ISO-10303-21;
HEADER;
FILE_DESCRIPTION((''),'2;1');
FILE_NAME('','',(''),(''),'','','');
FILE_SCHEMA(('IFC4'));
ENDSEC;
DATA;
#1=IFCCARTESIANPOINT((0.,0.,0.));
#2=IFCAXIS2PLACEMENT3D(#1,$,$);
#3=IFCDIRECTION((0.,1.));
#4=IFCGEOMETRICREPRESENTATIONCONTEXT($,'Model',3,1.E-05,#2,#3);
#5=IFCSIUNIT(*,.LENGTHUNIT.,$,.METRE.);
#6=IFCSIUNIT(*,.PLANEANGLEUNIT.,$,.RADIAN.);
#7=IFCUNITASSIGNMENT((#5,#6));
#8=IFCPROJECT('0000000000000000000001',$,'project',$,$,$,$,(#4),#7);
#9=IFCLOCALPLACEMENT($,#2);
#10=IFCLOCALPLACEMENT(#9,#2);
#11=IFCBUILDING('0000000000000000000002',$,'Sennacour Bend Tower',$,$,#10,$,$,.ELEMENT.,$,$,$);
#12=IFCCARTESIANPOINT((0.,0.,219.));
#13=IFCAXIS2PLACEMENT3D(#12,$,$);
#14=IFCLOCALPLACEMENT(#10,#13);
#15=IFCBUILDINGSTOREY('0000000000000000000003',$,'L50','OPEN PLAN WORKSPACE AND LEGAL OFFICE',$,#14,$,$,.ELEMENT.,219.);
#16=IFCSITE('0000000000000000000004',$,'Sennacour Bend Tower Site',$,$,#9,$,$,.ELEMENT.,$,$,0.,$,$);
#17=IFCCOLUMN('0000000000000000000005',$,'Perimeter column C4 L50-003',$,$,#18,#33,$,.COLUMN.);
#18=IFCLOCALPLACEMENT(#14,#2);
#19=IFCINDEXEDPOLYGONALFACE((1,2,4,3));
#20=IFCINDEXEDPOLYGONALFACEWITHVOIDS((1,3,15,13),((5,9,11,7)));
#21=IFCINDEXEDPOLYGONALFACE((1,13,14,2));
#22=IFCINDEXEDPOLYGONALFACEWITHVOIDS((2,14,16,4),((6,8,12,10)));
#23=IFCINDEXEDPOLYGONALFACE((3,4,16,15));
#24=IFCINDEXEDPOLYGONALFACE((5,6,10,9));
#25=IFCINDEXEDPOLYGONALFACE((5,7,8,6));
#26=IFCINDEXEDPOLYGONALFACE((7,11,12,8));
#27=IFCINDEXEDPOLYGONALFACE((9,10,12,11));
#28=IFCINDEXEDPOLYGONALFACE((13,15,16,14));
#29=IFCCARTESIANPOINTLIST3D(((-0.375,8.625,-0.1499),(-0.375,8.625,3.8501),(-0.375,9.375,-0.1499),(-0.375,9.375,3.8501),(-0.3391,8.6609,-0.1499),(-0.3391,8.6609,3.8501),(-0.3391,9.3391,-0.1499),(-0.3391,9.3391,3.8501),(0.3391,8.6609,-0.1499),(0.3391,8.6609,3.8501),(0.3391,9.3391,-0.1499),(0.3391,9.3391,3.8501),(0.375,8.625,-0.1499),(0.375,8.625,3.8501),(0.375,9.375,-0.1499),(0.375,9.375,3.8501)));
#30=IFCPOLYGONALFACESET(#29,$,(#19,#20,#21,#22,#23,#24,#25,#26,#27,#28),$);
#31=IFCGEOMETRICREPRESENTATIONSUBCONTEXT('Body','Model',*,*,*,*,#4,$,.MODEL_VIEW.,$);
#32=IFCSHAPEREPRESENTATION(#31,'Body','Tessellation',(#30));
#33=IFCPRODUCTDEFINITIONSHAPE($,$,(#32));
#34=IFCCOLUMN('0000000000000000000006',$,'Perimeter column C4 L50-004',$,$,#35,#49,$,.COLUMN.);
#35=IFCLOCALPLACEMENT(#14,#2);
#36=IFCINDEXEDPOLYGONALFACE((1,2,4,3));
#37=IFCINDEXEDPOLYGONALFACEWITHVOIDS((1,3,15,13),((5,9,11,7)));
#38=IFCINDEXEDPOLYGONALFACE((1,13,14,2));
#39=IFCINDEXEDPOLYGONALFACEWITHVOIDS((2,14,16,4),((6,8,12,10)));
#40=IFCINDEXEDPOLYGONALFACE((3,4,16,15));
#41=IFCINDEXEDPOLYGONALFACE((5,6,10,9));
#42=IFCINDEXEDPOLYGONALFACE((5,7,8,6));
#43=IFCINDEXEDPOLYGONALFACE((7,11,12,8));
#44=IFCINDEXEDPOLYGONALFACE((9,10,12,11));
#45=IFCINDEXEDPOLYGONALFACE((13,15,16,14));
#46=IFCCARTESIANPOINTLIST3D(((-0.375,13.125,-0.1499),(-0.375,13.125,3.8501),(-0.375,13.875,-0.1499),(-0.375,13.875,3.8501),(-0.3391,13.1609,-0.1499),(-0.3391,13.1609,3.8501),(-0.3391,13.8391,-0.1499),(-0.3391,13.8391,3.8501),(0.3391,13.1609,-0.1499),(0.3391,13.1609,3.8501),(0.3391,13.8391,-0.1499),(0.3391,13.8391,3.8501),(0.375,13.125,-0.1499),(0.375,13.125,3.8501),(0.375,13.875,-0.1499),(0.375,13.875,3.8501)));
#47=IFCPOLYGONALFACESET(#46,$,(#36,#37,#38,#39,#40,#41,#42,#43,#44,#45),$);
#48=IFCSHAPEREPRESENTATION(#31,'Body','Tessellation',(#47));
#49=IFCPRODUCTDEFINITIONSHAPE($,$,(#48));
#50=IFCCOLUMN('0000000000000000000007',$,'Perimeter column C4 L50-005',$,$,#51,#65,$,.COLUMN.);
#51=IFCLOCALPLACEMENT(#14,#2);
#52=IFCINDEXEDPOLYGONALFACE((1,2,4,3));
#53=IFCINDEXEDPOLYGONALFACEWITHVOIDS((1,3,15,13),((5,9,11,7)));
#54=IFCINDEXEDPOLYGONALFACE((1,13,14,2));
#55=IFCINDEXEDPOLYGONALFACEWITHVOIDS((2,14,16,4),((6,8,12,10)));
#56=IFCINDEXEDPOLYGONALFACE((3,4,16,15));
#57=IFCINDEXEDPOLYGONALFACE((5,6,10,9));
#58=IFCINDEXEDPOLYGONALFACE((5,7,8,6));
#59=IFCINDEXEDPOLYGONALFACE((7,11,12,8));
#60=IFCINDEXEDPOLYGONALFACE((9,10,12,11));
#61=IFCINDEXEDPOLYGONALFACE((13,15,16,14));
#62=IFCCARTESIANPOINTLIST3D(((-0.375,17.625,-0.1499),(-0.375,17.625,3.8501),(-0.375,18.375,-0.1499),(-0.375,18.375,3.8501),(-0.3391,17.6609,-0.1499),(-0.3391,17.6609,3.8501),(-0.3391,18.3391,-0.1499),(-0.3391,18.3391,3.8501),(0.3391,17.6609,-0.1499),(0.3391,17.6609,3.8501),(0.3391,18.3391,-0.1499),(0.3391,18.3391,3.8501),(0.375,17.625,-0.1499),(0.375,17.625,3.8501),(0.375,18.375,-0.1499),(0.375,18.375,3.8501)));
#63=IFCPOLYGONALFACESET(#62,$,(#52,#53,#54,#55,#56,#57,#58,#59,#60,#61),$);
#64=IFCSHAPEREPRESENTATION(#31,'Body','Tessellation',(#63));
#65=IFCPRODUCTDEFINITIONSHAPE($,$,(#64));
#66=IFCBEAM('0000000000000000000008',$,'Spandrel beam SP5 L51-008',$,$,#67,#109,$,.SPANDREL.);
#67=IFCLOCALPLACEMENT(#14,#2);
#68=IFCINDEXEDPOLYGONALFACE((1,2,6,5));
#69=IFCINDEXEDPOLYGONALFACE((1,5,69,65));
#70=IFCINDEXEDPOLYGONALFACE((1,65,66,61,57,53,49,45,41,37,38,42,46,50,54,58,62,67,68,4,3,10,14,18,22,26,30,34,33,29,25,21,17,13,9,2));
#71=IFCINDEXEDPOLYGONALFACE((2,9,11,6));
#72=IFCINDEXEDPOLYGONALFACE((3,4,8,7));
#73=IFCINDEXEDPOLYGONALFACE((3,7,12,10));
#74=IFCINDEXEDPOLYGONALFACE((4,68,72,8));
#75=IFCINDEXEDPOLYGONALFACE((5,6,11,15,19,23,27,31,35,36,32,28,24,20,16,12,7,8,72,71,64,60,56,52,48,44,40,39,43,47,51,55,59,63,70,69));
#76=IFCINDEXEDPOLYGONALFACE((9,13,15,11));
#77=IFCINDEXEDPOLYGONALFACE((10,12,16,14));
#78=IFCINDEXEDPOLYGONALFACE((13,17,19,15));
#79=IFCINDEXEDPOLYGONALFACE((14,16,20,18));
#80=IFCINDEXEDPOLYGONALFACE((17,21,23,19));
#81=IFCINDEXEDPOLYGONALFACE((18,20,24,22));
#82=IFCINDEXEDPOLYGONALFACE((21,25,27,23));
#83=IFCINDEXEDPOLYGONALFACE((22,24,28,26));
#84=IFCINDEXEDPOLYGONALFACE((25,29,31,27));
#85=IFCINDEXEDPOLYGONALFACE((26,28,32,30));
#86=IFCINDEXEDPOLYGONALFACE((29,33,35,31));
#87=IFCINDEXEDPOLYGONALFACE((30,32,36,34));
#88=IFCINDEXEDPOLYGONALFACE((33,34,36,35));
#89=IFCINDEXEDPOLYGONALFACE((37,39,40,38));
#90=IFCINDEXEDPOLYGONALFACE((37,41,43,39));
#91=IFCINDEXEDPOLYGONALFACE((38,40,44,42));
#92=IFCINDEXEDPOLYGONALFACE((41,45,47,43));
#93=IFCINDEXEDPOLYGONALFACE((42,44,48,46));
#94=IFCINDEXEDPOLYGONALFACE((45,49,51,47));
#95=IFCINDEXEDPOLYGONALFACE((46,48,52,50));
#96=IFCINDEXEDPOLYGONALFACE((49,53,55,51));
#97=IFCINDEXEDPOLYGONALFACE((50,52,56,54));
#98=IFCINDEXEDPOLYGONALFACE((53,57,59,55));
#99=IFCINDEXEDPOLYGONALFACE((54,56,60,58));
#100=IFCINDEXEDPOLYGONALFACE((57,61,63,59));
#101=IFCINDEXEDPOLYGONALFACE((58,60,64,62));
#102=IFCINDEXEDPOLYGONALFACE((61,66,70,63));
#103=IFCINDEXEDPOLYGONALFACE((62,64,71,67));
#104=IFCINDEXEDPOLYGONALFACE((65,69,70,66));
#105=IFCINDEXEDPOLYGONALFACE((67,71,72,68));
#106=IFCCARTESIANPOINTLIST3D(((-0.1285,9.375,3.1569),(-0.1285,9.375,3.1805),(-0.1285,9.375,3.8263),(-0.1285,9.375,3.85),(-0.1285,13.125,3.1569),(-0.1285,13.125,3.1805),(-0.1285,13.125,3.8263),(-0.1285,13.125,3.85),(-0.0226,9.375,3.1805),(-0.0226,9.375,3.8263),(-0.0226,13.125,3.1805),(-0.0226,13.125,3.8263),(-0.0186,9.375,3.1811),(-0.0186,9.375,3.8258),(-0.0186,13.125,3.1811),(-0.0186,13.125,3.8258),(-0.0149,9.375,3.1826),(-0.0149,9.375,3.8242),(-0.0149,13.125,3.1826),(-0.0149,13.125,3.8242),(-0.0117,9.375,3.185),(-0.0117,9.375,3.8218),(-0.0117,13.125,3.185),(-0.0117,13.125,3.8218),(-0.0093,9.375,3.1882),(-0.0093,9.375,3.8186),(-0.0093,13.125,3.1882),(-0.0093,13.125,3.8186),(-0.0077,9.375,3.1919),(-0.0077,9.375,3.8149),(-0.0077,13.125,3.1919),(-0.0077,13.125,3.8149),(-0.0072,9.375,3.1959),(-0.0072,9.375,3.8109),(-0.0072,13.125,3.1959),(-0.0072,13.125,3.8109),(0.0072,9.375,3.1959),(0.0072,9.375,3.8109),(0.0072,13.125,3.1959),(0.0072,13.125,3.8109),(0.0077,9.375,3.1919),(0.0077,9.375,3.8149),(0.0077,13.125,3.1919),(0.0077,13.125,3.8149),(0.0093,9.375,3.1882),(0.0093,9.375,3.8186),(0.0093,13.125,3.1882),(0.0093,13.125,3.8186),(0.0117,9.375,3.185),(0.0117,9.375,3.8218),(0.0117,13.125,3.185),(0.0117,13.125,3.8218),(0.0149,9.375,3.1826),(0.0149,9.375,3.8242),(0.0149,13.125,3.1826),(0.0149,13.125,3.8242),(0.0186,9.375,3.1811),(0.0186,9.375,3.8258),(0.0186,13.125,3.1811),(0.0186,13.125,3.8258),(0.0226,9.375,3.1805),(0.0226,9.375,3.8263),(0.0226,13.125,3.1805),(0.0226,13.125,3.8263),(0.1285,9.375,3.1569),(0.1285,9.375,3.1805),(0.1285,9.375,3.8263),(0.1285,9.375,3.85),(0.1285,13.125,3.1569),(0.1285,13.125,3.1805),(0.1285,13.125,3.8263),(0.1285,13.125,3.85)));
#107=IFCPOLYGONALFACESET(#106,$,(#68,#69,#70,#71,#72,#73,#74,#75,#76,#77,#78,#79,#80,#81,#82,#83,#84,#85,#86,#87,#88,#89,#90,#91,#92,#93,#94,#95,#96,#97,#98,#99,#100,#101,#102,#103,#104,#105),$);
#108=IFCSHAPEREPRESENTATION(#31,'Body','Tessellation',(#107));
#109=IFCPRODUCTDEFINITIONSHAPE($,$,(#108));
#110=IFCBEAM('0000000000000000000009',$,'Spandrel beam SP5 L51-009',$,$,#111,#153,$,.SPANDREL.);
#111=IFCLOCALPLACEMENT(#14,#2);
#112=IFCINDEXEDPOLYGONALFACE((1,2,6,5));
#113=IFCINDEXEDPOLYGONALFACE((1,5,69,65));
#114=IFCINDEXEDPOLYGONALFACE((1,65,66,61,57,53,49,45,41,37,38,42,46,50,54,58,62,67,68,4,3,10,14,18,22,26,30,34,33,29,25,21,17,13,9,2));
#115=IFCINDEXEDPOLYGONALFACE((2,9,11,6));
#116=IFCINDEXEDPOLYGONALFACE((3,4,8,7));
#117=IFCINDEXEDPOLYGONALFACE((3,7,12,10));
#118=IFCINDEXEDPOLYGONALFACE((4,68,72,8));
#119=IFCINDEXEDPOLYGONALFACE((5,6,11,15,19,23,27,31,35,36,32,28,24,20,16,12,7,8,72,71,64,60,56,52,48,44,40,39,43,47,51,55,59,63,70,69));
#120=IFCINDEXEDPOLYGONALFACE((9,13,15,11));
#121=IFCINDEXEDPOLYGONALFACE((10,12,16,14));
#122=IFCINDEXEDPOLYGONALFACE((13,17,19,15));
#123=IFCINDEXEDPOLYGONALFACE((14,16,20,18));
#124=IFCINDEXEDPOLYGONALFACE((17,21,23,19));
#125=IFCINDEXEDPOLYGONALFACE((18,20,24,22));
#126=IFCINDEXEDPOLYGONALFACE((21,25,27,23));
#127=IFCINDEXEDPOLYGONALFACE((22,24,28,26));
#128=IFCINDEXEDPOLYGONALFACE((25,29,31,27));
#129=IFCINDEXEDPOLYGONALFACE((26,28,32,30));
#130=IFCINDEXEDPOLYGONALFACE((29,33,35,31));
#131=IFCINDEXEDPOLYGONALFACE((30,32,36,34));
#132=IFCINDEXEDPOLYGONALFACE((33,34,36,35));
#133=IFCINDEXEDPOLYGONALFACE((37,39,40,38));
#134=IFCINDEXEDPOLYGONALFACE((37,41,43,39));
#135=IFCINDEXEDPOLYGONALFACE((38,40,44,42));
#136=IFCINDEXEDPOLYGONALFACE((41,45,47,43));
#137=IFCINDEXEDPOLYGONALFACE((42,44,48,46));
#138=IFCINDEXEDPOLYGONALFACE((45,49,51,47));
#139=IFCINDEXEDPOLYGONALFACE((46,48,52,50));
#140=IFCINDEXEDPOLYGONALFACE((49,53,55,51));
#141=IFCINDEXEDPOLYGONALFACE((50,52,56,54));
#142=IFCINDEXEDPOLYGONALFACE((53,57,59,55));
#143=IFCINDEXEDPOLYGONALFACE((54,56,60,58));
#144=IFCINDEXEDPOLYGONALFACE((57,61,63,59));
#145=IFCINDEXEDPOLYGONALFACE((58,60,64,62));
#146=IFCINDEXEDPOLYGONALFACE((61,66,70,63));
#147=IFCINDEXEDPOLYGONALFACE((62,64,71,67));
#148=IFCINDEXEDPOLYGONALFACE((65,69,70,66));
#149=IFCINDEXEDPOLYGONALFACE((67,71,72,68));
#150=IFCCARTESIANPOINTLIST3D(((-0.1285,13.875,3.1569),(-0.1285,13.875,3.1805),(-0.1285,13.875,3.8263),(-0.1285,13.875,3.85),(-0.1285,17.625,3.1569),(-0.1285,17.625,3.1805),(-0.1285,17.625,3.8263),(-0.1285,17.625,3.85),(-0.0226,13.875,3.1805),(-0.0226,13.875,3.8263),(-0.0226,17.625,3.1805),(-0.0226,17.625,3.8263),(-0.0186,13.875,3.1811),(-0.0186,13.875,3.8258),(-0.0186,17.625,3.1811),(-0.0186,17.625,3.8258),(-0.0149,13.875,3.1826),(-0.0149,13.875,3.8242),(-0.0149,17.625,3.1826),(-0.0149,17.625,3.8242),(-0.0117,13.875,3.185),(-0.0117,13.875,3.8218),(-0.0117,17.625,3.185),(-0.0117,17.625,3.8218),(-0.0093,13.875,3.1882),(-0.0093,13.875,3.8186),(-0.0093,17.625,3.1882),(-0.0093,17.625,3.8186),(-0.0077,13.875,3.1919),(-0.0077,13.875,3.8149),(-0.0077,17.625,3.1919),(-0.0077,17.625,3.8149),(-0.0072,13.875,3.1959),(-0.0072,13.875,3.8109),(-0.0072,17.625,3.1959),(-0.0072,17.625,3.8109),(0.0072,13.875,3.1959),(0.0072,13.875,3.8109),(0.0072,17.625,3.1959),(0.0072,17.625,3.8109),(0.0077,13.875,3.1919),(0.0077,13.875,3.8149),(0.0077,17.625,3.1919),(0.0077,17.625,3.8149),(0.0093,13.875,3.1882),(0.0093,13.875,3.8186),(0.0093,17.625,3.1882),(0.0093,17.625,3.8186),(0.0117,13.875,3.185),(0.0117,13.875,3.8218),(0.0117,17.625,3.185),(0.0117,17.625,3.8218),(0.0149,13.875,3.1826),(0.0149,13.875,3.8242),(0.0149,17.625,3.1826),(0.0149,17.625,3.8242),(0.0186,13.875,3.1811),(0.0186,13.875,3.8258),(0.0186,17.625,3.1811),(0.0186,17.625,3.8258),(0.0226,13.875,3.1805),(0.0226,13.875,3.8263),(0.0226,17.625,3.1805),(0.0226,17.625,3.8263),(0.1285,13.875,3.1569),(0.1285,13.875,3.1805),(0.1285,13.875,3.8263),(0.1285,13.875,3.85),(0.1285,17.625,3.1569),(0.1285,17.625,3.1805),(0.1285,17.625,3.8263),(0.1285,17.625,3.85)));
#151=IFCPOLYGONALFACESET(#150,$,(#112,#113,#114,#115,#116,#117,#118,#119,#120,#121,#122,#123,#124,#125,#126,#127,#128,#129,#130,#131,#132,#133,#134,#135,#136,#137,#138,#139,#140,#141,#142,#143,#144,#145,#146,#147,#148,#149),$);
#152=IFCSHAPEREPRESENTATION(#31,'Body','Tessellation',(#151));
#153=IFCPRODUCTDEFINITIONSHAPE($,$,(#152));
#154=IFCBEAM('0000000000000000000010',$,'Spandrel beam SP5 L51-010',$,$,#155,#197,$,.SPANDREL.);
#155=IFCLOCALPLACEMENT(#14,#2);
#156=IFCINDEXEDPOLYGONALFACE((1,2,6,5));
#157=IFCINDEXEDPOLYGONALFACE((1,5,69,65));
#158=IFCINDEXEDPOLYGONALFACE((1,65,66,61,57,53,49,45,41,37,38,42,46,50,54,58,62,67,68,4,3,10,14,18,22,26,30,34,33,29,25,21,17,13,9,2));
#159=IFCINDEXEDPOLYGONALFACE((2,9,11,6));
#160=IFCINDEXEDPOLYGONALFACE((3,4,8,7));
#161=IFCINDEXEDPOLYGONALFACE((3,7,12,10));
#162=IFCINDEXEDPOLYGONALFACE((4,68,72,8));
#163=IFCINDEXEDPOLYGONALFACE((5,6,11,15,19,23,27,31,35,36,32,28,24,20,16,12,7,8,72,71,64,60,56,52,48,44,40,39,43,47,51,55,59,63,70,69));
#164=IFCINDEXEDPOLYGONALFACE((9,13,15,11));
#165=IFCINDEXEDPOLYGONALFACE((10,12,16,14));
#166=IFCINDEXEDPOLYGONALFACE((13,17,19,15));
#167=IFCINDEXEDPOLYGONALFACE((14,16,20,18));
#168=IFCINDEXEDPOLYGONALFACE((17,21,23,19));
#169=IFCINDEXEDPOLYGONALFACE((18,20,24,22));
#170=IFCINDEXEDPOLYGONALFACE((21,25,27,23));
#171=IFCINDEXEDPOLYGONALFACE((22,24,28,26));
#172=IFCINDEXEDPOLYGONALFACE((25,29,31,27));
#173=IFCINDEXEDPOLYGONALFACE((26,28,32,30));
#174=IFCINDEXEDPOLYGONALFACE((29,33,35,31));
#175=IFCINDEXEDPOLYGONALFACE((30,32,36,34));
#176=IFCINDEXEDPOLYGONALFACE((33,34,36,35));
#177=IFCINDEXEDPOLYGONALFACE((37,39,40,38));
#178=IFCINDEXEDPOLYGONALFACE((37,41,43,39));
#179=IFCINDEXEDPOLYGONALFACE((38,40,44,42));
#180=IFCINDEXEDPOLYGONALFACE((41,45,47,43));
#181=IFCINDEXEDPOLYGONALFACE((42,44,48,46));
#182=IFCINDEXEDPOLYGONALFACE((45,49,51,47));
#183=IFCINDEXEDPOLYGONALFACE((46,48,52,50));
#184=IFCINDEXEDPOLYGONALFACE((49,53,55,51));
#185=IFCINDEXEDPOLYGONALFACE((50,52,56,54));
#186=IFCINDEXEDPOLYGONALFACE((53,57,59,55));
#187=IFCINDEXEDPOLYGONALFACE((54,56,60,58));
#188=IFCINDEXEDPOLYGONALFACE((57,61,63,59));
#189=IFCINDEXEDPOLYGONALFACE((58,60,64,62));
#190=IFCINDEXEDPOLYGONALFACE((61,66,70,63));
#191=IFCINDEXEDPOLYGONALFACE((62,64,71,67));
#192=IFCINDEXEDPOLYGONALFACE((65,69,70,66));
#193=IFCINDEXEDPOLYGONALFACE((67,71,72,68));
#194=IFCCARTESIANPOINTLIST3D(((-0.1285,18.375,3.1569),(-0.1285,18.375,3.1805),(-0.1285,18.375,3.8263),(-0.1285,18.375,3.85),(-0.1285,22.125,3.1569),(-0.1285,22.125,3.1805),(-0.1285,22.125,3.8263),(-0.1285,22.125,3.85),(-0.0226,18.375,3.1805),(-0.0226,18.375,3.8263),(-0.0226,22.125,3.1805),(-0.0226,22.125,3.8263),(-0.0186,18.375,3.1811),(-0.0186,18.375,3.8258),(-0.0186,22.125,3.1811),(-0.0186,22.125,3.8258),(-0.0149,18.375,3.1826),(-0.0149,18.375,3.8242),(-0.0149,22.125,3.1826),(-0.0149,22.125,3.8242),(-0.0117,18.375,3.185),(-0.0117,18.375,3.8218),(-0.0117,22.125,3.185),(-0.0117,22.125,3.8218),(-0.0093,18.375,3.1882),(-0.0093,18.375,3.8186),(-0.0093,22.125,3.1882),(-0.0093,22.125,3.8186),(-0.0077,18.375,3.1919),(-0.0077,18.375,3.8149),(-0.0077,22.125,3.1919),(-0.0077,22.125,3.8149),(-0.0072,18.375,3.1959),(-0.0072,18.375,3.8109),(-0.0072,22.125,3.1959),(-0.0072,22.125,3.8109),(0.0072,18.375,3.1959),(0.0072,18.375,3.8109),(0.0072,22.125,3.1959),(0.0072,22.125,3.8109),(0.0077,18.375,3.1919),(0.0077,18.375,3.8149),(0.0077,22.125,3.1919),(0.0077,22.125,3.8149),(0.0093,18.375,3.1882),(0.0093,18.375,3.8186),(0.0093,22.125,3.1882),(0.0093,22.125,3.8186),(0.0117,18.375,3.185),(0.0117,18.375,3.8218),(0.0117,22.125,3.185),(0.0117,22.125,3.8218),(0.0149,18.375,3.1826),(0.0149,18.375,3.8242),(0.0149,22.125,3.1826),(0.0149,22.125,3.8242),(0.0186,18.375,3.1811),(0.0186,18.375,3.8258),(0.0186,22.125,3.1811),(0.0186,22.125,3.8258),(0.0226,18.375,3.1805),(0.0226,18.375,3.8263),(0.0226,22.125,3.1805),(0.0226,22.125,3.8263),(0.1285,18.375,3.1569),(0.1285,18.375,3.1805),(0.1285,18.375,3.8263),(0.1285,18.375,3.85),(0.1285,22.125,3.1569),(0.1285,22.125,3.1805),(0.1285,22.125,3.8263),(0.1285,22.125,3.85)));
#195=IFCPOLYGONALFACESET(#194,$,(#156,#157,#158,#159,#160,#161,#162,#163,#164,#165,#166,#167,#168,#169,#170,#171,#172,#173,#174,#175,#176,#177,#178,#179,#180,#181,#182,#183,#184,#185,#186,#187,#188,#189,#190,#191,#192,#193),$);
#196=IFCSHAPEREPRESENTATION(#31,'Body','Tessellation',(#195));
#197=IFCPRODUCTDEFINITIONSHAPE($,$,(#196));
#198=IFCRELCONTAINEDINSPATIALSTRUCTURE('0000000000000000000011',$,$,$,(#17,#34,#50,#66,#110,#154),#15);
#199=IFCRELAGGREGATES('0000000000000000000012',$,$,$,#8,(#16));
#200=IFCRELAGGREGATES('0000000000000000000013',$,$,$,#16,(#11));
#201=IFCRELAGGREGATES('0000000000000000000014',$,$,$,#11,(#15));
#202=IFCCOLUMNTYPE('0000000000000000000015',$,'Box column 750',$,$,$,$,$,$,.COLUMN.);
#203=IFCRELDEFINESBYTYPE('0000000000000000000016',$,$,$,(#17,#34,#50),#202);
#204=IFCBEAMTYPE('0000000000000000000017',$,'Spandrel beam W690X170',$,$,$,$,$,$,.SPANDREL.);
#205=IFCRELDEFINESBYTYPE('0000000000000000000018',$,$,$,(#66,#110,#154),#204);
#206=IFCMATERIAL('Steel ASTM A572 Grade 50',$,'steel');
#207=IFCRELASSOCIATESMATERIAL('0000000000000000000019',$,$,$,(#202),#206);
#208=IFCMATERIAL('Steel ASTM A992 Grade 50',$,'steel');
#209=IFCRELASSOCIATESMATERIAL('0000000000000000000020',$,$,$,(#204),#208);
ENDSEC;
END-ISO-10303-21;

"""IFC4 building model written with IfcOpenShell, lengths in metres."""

from ifc_helpers import new_model, si_unit, direction, frame, origin, origin_2d, place, context, subcontext, project, spatial, hollow_rectangle, i_section, extrude, material, material_profile, profile_set, type_object, element, save


model = new_model("IFC4")

# Units and contexts
model_context = context("Model", 3, precision=1e-05, world=origin(), true_north=direction((0.0, 1.0)))
body_context = subcontext(model_context, "Body", "Model", "MODEL_VIEW")
ifc_project = project(units=[si_unit("LENGTHUNIT", "METRE"), si_unit("PLANEANGLEUNIT", "RADIAN")], contexts=[model_context])

# Site, building, storey
site_placement = place(None, origin())
site = spatial("IfcSite", under=ifc_project, at=site_placement, Name="Sennacour Bend Tower Site", CompositionType="ELEMENT", RefElevation=0.0)
building_placement = place(site_placement, origin())
building = spatial("IfcBuilding", under=site, at=building_placement, Name="Sennacour Bend Tower", CompositionType="ELEMENT")
storey_placement = place(building_placement, frame((0.0, 0.0, 219.0)))
storey = spatial("IfcBuildingStorey", under=building, at=storey_placement, Name="L50", Description="OPEN PLAN WORKSPACE AND LEGAL OFFICE", CompositionType="ELEMENT", Elevation=219.0)

# Columns
ifc_material_1 = material(Name="Steel ASTM A572 Grade 50", Category="steel")
ifc_material_profile_1 = material_profile(ifc_material_1, hollow_rectangle(XDim=0.75, YDim=0.75, WallThickness=0.0359, at=origin_2d()), Name="Steel ASTM A572 Grade 50", Category="steel")
ifc_profile_set_1 = profile_set([ifc_material_profile_1], Name="Steel ASTM A572 Grade 50")
column_type = type_object("IfcColumnType", Name="Box column 750", PredefinedType="COLUMN", material=ifc_profile_set_1)
for number, where, z_axis, x_axis, name in (
    (1, (0.0, 9.0, -0.1499), (0.0, 0.0, 1.0), (1.0, 0.0, 0.0), "Perimeter column C4 L50-003"),
    (2, (0.0, 13.5, -0.1499), (0.0, 0.0, 1.0), (1.0, 0.0, 0.0), "Perimeter column C4 L50-004"),
    (3, (0.0, 18.0, -0.1499), (0.0, 0.0, 1.0), (1.0, 0.0, 0.0), "Perimeter column C4 L50-005"),
):
    element("IfcColumn", number, at=place(storey_placement, frame(where, z_axis=z_axis, x_axis=x_axis)), inside=storey, type_object=column_type, Name=name, PredefinedType="COLUMN", context=body_context, shape_type="SweptSolid", body=[
        extrude(hollow_rectangle(XDim=0.75, YDim=0.75, WallThickness=0.0359, at=origin_2d()), origin(), (0.0, 0.0, 1.0), 4.0),
    ])

# Beams
ifc_material_2 = material(Name="Steel ASTM A992 Grade 50", Category="steel")
ifc_material_profile_2 = material_profile(ifc_material_2, i_section(OverallWidth=0.2571, OverallDepth=0.6931, WebThickness=0.0144, FlangeThickness=0.0237, FilletRadius=0.0154, at=origin_2d()), Name="Steel ASTM A992 Grade 50", Category="steel")
ifc_profile_set_2 = profile_set([ifc_material_profile_2], Name="Steel ASTM A992 Grade 50")
beam_type = type_object("IfcBeamType", Name="Spandrel beam W690X170", PredefinedType="SPANDREL", material=ifc_profile_set_2)
for number, where, z_axis, x_axis, name in (
    (4, (0.0, 9.375, 3.5034), (0.0, 1.0, 0.0), (-1.0, 0.0, 0.0), "Spandrel beam SP5 L51-008"),
    (5, (0.0, 13.875, 3.5034), (0.0, 1.0, 0.0), (-1.0, 0.0, 0.0), "Spandrel beam SP5 L51-009"),
    (6, (0.0, 18.375, 3.5034), (0.0, 1.0, 0.0), (-1.0, 0.0, 0.0), "Spandrel beam SP5 L51-010"),
):
    element("IfcBeam", number, at=place(storey_placement, frame(where, z_axis=z_axis, x_axis=x_axis)), inside=storey, type_object=beam_type, Name=name, PredefinedType="SPANDREL", context=body_context, shape_type="SweptSolid", body=[
        extrude(i_section(OverallWidth=0.2571, OverallDepth=0.6931, WebThickness=0.0144, FlangeThickness=0.0237, FilletRadius=0.0154, at=origin_2d()), origin(), (0.0, 0.0, 1.0), 3.75),
    ])

save(model, "model.ifc")
